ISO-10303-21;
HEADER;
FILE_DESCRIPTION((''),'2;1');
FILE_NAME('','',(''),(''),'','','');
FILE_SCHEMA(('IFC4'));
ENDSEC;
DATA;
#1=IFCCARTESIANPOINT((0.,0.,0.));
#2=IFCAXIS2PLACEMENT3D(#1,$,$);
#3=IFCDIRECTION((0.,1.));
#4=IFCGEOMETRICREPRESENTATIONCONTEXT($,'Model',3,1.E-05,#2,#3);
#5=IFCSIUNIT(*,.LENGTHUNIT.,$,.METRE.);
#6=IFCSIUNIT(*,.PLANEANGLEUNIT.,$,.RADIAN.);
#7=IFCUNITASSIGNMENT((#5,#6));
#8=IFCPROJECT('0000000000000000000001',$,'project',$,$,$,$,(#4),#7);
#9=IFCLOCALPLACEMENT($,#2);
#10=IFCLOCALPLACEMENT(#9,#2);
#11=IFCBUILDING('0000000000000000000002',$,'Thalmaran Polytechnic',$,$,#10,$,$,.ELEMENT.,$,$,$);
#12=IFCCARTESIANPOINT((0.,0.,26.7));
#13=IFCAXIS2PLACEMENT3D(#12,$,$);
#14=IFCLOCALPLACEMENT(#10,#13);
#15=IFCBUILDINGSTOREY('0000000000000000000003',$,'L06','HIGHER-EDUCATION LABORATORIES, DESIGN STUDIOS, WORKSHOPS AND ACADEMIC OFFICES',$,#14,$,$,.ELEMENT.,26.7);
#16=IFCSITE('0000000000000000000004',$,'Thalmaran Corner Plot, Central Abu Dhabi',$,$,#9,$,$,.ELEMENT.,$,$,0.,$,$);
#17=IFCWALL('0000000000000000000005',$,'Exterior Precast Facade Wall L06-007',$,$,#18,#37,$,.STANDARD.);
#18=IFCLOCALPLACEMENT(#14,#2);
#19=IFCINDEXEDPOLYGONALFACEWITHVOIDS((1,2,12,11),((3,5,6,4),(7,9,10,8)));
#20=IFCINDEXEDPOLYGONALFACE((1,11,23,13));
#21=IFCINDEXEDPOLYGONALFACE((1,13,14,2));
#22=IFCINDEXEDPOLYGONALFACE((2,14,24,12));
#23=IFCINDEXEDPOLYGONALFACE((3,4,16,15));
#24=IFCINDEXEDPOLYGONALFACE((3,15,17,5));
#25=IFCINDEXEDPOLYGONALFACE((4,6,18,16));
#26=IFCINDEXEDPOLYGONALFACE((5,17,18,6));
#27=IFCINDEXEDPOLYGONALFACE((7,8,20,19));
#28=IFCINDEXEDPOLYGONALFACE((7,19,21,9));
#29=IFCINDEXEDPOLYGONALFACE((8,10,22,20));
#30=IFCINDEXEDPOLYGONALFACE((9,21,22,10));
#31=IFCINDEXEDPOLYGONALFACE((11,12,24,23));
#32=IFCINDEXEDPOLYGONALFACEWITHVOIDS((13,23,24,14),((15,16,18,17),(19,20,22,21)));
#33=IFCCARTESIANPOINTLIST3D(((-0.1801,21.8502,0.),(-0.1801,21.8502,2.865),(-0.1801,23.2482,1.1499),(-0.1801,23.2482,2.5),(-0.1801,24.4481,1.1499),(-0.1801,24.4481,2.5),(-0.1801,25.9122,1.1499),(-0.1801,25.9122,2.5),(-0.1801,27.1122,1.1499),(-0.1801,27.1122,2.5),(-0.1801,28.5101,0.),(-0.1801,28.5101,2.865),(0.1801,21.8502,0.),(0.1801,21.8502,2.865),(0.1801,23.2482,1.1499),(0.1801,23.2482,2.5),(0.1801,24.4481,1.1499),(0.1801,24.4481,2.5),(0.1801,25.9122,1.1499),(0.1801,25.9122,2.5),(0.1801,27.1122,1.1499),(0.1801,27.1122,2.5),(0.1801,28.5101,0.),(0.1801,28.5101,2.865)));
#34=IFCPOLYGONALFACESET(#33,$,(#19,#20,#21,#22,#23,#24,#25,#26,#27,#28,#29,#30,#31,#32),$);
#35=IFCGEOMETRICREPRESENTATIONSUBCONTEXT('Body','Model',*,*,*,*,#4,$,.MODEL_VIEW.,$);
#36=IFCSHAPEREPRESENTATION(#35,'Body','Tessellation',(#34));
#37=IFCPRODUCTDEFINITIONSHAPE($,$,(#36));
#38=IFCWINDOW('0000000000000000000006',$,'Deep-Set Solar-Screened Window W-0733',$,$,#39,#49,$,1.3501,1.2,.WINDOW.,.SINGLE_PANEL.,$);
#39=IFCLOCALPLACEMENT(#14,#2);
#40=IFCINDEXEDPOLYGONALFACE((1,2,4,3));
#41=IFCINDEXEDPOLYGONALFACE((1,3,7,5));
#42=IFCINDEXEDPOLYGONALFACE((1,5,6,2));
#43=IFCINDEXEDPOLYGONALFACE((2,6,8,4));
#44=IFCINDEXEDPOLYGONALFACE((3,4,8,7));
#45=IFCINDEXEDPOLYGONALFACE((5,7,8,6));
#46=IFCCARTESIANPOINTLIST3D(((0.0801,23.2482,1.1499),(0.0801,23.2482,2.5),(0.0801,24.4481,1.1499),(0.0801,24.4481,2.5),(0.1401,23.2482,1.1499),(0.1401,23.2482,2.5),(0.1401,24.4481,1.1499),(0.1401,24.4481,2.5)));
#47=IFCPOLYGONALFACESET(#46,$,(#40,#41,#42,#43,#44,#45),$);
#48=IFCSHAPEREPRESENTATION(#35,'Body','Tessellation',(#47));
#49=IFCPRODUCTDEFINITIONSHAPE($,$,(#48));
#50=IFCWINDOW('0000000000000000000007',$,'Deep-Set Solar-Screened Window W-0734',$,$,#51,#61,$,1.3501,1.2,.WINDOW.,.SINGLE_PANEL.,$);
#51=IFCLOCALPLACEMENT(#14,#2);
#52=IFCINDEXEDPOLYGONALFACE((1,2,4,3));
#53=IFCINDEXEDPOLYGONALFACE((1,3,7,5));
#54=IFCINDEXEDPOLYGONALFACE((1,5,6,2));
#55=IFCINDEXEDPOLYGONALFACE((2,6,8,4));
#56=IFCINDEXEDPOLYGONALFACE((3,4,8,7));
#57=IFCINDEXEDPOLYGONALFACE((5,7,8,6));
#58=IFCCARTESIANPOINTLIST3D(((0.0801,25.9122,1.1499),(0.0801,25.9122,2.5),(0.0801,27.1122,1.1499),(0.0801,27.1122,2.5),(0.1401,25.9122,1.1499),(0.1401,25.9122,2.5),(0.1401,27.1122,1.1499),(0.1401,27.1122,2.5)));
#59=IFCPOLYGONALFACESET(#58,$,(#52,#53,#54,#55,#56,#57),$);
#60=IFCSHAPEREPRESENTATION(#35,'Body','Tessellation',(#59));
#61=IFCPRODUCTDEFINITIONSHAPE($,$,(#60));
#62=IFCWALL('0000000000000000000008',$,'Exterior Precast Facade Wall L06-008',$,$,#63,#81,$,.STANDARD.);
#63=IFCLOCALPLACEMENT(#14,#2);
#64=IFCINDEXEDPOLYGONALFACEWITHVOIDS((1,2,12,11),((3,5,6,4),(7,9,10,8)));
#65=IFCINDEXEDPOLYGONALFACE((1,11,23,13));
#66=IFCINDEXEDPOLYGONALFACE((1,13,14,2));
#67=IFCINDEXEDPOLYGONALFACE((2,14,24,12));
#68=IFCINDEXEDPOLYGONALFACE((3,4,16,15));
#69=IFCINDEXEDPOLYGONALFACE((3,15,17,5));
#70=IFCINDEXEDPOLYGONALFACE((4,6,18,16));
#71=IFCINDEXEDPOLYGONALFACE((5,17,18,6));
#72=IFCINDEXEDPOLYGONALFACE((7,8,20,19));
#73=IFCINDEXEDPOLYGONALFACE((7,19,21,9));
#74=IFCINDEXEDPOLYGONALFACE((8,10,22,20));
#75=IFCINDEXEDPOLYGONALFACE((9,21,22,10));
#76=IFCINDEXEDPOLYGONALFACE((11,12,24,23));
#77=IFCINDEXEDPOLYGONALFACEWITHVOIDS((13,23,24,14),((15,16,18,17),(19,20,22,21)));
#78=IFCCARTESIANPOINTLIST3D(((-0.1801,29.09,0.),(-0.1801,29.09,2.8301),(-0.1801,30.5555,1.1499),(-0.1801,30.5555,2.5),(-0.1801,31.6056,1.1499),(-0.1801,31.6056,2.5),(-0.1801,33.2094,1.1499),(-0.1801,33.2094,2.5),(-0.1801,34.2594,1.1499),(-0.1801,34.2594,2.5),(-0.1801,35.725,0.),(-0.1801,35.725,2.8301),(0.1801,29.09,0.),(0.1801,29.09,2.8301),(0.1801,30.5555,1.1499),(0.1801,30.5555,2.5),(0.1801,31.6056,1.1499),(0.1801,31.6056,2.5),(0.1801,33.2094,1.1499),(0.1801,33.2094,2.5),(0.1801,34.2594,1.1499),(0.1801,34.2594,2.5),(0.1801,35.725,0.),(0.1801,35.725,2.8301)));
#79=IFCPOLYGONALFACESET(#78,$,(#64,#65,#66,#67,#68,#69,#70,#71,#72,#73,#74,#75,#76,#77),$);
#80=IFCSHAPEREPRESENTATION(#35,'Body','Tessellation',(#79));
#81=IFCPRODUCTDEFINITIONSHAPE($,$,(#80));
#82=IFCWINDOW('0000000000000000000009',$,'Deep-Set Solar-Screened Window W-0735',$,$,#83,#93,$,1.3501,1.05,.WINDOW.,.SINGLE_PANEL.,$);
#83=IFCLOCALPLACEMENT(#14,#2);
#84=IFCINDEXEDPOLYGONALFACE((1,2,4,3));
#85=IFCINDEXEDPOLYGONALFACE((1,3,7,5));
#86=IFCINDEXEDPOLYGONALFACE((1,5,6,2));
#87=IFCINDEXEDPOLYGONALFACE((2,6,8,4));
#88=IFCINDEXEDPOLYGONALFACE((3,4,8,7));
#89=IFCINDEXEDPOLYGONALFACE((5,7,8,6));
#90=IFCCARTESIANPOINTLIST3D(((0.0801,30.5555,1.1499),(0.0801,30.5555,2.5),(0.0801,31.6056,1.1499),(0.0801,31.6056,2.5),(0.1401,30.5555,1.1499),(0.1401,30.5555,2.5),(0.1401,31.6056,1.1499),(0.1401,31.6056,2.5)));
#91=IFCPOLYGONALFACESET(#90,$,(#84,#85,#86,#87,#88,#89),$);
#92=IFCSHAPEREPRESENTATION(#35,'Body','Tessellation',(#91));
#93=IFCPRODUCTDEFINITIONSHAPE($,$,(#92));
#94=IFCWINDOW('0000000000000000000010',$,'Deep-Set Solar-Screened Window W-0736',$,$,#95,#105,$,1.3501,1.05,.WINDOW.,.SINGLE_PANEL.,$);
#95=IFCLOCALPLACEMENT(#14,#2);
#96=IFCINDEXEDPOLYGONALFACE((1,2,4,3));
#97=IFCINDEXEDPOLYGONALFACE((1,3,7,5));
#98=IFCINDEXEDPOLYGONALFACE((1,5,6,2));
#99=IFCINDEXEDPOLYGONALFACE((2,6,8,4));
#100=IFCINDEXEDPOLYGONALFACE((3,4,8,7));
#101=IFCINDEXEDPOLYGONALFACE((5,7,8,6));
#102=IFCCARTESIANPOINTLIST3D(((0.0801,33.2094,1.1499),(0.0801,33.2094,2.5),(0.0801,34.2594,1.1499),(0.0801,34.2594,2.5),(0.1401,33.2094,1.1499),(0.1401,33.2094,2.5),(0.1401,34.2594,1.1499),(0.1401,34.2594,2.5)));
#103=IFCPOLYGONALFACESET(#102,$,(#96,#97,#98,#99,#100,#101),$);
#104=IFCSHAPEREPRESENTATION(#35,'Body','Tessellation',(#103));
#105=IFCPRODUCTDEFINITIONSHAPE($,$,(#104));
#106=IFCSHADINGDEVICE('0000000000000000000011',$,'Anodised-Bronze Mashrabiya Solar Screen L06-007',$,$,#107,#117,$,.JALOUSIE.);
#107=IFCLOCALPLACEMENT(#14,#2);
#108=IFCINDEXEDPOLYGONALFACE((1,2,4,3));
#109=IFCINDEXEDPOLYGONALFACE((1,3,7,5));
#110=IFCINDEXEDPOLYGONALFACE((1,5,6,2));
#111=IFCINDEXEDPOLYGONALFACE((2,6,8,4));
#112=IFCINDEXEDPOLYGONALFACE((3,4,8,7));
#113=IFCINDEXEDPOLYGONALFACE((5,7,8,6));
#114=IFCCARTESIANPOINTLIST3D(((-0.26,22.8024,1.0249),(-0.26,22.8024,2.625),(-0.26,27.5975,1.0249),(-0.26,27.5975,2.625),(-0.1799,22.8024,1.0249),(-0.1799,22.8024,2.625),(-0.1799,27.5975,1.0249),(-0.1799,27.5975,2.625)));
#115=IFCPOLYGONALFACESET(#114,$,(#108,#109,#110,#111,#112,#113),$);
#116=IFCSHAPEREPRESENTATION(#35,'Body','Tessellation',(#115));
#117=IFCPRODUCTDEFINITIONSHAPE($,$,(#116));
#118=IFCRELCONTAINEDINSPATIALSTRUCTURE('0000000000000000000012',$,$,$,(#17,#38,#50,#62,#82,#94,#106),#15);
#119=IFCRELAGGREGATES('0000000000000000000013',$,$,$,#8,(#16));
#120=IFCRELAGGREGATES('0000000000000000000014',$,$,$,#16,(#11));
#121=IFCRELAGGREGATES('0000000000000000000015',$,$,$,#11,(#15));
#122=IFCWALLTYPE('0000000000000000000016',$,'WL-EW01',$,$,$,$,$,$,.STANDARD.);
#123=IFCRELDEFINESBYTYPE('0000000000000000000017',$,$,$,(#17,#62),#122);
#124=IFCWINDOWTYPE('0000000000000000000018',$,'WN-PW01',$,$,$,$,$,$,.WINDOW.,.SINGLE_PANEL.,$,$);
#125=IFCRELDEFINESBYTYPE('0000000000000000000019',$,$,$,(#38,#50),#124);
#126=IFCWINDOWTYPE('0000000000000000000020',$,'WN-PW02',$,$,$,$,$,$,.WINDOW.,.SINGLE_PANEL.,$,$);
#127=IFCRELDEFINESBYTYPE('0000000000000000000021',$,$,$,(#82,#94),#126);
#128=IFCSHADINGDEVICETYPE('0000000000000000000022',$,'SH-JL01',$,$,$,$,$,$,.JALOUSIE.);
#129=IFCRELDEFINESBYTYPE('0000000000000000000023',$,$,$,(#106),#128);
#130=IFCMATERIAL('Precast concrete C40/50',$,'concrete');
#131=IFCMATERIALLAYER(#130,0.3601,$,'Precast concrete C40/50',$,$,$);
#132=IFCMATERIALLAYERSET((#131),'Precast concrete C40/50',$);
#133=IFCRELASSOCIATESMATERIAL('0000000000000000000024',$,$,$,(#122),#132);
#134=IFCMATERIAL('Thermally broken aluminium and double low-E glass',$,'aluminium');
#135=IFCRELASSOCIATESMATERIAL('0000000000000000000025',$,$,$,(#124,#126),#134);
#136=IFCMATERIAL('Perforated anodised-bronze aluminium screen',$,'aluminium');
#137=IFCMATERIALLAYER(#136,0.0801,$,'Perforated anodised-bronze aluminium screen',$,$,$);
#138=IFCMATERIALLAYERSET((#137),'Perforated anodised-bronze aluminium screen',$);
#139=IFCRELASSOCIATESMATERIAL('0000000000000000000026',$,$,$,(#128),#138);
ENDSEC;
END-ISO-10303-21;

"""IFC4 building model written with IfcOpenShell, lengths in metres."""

from ifc_helpers import new_model, si_unit, direction, frame, frame_2d, origin, origin_2d, place, context, subcontext, project, spatial, rectangle, extrude, material, layer, layer_set, type_object, element, fill, save


model = new_model("IFC4")

# Units and contexts
model_context = context("Model", 3, precision=1e-05, world=origin(), true_north=direction((0.0, 1.0)))
body_context = subcontext(model_context, "Body", "Model", "MODEL_VIEW")
ifc_project = project(units=[si_unit("LENGTHUNIT", "METRE"), si_unit("PLANEANGLEUNIT", "RADIAN")], contexts=[model_context])

# Site, building, storey
site_placement = place(None, origin())
site = spatial("IfcSite", under=ifc_project, at=site_placement, Name="Thalmaran Corner Plot, Central Abu Dhabi", CompositionType="ELEMENT", RefElevation=0.0)
building_placement = place(site_placement, origin())
building = spatial("IfcBuilding", under=site, at=building_placement, Name="Thalmaran Polytechnic", CompositionType="ELEMENT")
storey_placement = place(building_placement, frame((0.0, 0.0, 26.7)))
storey = spatial("IfcBuildingStorey", under=building, at=storey_placement, Name="L06", Description="HIGHER-EDUCATION LABORATORIES, DESIGN STUDIOS, WORKSHOPS AND ACADEMIC OFFICES", CompositionType="ELEMENT", Elevation=26.7)

# Walls, openings, windows
ifc_material_1 = material(Name="Precast concrete C40/50", Category="concrete")
ifc_layer_1 = layer(ifc_material_1, 0.3601, Name="Precast concrete C40/50")
ifc_layer_set_1 = layer_set([ifc_layer_1], Name="Precast concrete C40/50")
wall_type = type_object("IfcWallType", Name="WL-EW01", PredefinedType="STANDARD", material=ifc_layer_set_1)
wall_1_placement = place(storey_placement, frame((0.0, 21.8501, 0.0), z_axis=(0.0, 0.0, 1.0), x_axis=(0.0, 1.0, 0.0)))
wall_1 = element("IfcWall", 1, at=wall_1_placement, inside=storey, type_object=wall_type, Name="Exterior Precast Facade Wall L06-007", PredefinedType="STANDARD", context=body_context, shape_type="SweptSolid", body=[
    extrude(rectangle(XDim=6.6599, YDim=0.3601, at=frame_2d((3.3301, 0.0))), origin(), (0.0, 0.0, 1.0), 2.865),
])
opening_1_placement = place(wall_1_placement, frame((1.3979, 0.0, 1.1499)))
opening_1 = element("IfcOpeningElement", 2, at=opening_1_placement, cuts=wall_1, PredefinedType="OPENING", context=body_context, shape_type="SweptSolid", body=[
    extrude(rectangle(XDim=1.2, YDim=1.3501, at=frame_2d((0.6001, 0.675))), frame((0.0, 0.1899, 0.0), z_axis=(0.0, -1.0, 0.0), x_axis=(1.0, 0.0, 0.0)), (0.0, 0.0, 1.0), 0.3801),
])
opening_2_placement = place(wall_1_placement, frame((4.062, 0.0, 1.1499)))
opening_2 = element("IfcOpeningElement", 3, at=opening_2_placement, cuts=wall_1, PredefinedType="OPENING", context=body_context, shape_type="SweptSolid", body=[
    extrude(rectangle(XDim=1.2, YDim=1.3501, at=frame_2d((0.6001, 0.675))), frame((0.0, 0.1899, 0.0), z_axis=(0.0, -1.0, 0.0), x_axis=(1.0, 0.0, 0.0)), (0.0, 0.0, 1.0), 0.3801),
])
ifc_material_2 = material(Name="Thermally broken aluminium and double low-E glass", Category="aluminium")
window_type_1 = type_object("IfcWindowType", Name="WN-PW01", PartitioningType="SINGLE_PANEL", PredefinedType="WINDOW", material=ifc_material_2)
window_1_placement = place(opening_1_placement, origin())
window_1 = element("IfcWindow", 4, at=window_1_placement, inside=storey, type_object=window_type_1, Name="Deep-Set Solar-Screened Window W-0733", OverallHeight=1.3501, OverallWidth=1.2, PartitioningType="SINGLE_PANEL", PredefinedType="WINDOW", context=body_context, shape_type="SweptSolid", body=[
    extrude(rectangle(XDim=1.2, YDim=1.3501, at=frame_2d((0.6001, 0.675))), frame((0.0, -0.0801, 0.0), z_axis=(0.0, -1.0, 0.0), x_axis=(1.0, 0.0, 0.0)), (0.0, 0.0, 1.0), 0.0601),
])
fill(opening_1, window_1)
window_2_placement = place(opening_2_placement, origin())
window_2 = element("IfcWindow", 5, at=window_2_placement, inside=storey, type_object=window_type_1, Name="Deep-Set Solar-Screened Window W-0734", OverallHeight=1.3501, OverallWidth=1.2, PartitioningType="SINGLE_PANEL", PredefinedType="WINDOW", context=body_context, shape_type="SweptSolid", body=[
    extrude(rectangle(XDim=1.2, YDim=1.3501, at=frame_2d((0.6001, 0.675))), frame((0.0, -0.0801, 0.0), z_axis=(0.0, -1.0, 0.0), x_axis=(1.0, 0.0, 0.0)), (0.0, 0.0, 1.0), 0.0601),
])
fill(opening_2, window_2)
wall_2_placement = place(storey_placement, frame((0.0, 29.0901, 0.0), z_axis=(0.0, 0.0, 1.0), x_axis=(0.0, 1.0, 0.0)))
wall_2 = element("IfcWall", 6, at=wall_2_placement, inside=storey, type_object=wall_type, Name="Exterior Precast Facade Wall L06-008", PredefinedType="STANDARD", context=body_context, shape_type="SweptSolid", body=[
    extrude(rectangle(XDim=6.635, YDim=0.3601, at=frame_2d((3.3174, 0.0))), origin(), (0.0, 0.0, 1.0), 2.8301),
])
opening_3_placement = place(wall_2_placement, frame((1.4656, 0.0, 1.1499)))
opening_3 = element("IfcOpeningElement", 7, at=opening_3_placement, cuts=wall_2, PredefinedType="OPENING", context=body_context, shape_type="SweptSolid", body=[
    extrude(rectangle(XDim=1.05, YDim=1.3501, at=frame_2d((0.5249, 0.675))), frame((0.0, 0.1899, 0.0), z_axis=(0.0, -1.0, 0.0), x_axis=(1.0, 0.0, 0.0)), (0.0, 0.0, 1.0), 0.3801),
])
opening_4_placement = place(wall_2_placement, frame((4.1194, 0.0, 1.1499)))
opening_4 = element("IfcOpeningElement", 8, at=opening_4_placement, cuts=wall_2, PredefinedType="OPENING", context=body_context, shape_type="SweptSolid", body=[
    extrude(rectangle(XDim=1.05, YDim=1.3501, at=frame_2d((0.5249, 0.675))), frame((0.0, 0.1899, 0.0), z_axis=(0.0, -1.0, 0.0), x_axis=(1.0, 0.0, 0.0)), (0.0, 0.0, 1.0), 0.3801),
])
window_type_2 = type_object("IfcWindowType", Name="WN-PW02", PartitioningType="SINGLE_PANEL", PredefinedType="WINDOW", material=ifc_material_2)
window_3_placement = place(opening_3_placement, origin())
window_3 = element("IfcWindow", 9, at=window_3_placement, inside=storey, type_object=window_type_2, Name="Deep-Set Solar-Screened Window W-0735", OverallHeight=1.3501, OverallWidth=1.05, PartitioningType="SINGLE_PANEL", PredefinedType="WINDOW", context=body_context, shape_type="SweptSolid", body=[
    extrude(rectangle(XDim=1.05, YDim=1.3501, at=frame_2d((0.5249, 0.675))), frame((0.0, -0.0801, 0.0), z_axis=(0.0, -1.0, 0.0), x_axis=(1.0, 0.0, 0.0)), (0.0, 0.0, 1.0), 0.0601),
])
fill(opening_3, window_3)
window_4_placement = place(opening_4_placement, origin())
window_4 = element("IfcWindow", 10, at=window_4_placement, inside=storey, type_object=window_type_2, Name="Deep-Set Solar-Screened Window W-0736", OverallHeight=1.3501, OverallWidth=1.05, PartitioningType="SINGLE_PANEL", PredefinedType="WINDOW", context=body_context, shape_type="SweptSolid", body=[
    extrude(rectangle(XDim=1.05, YDim=1.3501, at=frame_2d((0.5249, 0.675))), frame((0.0, -0.0801, 0.0), z_axis=(0.0, -1.0, 0.0), x_axis=(1.0, 0.0, 0.0)), (0.0, 0.0, 1.0), 0.0601),
])
fill(opening_4, window_4)

# Shading device
ifc_material_3 = material(Name="Perforated anodised-bronze aluminium screen", Category="aluminium")
ifc_layer_2 = layer(ifc_material_3, 0.0801, Name="Perforated anodised-bronze aluminium screen")
ifc_layer_set_2 = layer_set([ifc_layer_2], Name="Perforated anodised-bronze aluminium screen")
shading_device_type = type_object("IfcShadingDeviceType", Name="SH-JL01", PredefinedType="JALOUSIE", material=ifc_layer_set_2)
shading_device_placement = place(storey_placement, frame((-0.22, 25.2, 1.0249), z_axis=(0.0, 0.0, 1.0), x_axis=(0.0, 1.0, 0.0)))
element("IfcShadingDevice", 11, at=shading_device_placement, inside=storey, type_object=shading_device_type, Name="Anodised-Bronze Mashrabiya Solar Screen L06-007", PredefinedType="JALOUSIE", context=body_context, shape_type="SweptSolid", body=[
    extrude(rectangle(XDim=4.7952, YDim=0.0801, at=origin_2d()), origin(), (0.0, 0.0, 1.0), 1.6001),
])

save(model, "model.ifc")
